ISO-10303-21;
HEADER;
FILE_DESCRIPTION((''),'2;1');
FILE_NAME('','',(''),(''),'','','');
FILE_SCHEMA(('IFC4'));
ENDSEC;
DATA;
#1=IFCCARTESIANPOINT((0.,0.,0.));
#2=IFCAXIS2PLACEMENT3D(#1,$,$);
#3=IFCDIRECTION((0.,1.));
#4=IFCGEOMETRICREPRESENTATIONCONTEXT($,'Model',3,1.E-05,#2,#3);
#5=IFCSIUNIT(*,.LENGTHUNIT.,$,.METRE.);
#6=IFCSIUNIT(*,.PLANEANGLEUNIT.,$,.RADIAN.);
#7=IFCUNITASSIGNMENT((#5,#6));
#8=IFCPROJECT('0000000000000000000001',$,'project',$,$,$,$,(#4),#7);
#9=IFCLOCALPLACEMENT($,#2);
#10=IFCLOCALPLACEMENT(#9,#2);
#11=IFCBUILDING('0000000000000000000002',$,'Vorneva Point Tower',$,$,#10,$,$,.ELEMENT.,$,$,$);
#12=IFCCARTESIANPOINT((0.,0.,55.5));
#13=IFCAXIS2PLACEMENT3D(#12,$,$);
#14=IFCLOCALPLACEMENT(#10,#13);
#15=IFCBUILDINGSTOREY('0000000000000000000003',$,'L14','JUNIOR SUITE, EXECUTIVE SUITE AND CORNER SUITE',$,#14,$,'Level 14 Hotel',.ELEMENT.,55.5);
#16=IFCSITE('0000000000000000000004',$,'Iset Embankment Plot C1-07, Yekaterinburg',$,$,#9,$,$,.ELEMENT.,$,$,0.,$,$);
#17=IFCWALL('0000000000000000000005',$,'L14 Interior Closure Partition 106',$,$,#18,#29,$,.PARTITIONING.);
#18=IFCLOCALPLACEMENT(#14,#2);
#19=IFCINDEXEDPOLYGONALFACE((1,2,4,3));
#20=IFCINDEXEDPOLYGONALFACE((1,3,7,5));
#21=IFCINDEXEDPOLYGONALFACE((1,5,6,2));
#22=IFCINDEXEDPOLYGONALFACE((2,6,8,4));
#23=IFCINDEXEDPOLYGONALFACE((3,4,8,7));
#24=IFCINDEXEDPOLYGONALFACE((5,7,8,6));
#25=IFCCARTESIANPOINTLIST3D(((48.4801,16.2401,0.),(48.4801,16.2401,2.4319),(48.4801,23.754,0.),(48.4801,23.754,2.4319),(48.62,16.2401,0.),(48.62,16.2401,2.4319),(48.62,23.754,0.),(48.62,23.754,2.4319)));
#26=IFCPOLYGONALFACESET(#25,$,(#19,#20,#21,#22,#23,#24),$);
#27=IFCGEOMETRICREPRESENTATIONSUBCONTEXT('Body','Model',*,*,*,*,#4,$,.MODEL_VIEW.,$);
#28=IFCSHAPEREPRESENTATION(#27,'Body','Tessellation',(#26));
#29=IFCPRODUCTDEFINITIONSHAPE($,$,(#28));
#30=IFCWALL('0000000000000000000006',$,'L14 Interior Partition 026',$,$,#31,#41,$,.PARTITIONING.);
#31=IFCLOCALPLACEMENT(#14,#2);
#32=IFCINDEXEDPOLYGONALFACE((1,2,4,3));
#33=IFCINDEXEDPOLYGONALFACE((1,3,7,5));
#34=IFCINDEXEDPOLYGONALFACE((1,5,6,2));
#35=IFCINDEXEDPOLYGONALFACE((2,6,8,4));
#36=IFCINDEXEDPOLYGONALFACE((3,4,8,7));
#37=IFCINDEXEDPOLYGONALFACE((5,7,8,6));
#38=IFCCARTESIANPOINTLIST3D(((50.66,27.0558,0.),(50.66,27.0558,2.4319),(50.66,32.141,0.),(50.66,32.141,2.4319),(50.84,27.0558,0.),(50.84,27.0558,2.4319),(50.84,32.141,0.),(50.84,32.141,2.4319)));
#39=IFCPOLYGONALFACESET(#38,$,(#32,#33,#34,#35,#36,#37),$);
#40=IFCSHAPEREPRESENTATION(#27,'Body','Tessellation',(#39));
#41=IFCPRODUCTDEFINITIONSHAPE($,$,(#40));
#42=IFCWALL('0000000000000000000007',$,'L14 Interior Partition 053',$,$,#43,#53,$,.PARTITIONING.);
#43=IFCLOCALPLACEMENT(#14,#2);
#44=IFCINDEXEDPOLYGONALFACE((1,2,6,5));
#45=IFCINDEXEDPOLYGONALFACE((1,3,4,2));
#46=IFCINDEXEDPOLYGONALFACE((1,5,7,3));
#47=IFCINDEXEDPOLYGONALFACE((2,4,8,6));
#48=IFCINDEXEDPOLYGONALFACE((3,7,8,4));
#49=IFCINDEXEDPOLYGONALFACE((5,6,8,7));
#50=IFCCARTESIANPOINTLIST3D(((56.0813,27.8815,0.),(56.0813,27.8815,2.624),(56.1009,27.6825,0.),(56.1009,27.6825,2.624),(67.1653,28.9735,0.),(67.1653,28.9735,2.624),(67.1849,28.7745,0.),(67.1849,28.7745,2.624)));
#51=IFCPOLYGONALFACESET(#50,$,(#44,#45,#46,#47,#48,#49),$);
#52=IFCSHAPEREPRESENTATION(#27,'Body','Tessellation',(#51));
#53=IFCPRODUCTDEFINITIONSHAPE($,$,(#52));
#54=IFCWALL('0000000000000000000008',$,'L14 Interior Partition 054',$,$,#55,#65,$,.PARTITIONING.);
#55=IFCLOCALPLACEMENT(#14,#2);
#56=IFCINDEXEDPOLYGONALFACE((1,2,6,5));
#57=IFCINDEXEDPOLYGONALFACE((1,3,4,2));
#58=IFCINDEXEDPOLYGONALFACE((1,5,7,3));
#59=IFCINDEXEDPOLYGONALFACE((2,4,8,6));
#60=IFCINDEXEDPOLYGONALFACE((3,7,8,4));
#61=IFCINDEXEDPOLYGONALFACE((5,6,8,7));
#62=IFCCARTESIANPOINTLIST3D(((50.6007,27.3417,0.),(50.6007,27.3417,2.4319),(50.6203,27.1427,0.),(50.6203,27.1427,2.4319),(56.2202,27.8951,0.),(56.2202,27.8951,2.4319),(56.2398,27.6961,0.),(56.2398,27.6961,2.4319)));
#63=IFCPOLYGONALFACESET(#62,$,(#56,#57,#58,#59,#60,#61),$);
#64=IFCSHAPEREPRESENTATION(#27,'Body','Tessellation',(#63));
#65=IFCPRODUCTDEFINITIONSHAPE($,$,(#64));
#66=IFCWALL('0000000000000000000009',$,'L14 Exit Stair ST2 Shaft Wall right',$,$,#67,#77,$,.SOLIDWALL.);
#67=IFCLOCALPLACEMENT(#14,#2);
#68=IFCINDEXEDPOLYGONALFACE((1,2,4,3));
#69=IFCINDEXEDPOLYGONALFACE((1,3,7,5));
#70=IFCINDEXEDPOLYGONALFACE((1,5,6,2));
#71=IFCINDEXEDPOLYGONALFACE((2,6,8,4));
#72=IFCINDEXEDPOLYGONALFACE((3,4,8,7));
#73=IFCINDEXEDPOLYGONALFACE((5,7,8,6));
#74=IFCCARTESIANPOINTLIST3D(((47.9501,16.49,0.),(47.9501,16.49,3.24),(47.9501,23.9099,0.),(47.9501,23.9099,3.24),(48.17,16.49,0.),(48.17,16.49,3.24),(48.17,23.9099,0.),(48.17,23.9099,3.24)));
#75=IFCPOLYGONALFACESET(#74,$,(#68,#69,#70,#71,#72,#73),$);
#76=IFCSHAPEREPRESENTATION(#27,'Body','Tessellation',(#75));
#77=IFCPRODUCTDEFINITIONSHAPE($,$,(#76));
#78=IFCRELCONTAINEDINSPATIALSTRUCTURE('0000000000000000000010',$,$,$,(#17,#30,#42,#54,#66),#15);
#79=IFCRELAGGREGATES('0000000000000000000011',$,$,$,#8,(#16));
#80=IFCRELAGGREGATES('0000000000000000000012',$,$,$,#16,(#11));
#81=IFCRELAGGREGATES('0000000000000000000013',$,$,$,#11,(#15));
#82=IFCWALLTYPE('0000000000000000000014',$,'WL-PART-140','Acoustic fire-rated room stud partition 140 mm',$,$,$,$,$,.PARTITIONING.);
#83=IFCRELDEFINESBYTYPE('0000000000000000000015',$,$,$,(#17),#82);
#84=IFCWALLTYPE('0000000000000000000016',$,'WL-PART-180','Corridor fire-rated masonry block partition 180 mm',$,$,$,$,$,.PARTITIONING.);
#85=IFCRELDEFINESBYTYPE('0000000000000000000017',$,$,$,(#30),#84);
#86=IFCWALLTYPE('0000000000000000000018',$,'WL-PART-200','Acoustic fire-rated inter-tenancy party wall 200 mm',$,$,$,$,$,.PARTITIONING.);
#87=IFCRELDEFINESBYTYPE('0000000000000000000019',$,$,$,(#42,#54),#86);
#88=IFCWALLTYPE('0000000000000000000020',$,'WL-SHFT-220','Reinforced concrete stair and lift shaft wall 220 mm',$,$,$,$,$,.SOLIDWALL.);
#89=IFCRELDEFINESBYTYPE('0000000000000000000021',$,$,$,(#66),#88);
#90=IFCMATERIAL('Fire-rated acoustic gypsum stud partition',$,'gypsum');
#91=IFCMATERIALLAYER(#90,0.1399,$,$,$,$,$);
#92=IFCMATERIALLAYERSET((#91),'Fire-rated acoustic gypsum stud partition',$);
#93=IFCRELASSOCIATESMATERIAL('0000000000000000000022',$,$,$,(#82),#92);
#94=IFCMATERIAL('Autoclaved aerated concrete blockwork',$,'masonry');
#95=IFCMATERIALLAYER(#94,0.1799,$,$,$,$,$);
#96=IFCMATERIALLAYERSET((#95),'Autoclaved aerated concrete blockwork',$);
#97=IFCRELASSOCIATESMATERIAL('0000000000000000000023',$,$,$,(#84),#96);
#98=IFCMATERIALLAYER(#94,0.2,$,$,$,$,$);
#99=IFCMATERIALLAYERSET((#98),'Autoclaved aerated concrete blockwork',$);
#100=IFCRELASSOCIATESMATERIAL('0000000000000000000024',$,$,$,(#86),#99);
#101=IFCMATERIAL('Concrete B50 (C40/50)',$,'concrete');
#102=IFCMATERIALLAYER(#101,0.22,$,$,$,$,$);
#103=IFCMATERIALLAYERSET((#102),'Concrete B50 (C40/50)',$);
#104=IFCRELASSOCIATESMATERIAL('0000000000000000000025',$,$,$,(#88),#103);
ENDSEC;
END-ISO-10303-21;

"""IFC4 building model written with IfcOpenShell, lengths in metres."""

from ifc_helpers import new_model, si_unit, direction, frame, frame_2d, origin, place, context, subcontext, project, spatial, rectangle, extrude, material, layer, layer_set, type_object, element, save


model = new_model("IFC4")

# Units and contexts
model_context = context("Model", 3, precision=1e-05, world=origin(), true_north=direction((0.0, 1.0)))
body_context = subcontext(model_context, "Body", "Model", "MODEL_VIEW")
ifc_project = project(units=[si_unit("LENGTHUNIT", "METRE"), si_unit("PLANEANGLEUNIT", "RADIAN")], contexts=[model_context])

# Site, building, storey
site_placement = place(None, origin())
site = spatial("IfcSite", under=ifc_project, at=site_placement, Name="Iset Embankment Plot C1-07, Yekaterinburg", CompositionType="ELEMENT", RefElevation=0.0)
building_placement = place(site_placement, origin())
building = spatial("IfcBuilding", under=site, at=building_placement, Name="Vorneva Point Tower", CompositionType="ELEMENT")
storey_placement = place(building_placement, frame((0.0, 0.0, 55.5)))
storey = spatial("IfcBuildingStorey", under=building, at=storey_placement, Name="L14", Description="JUNIOR SUITE, EXECUTIVE SUITE AND CORNER SUITE", LongName="Level 14 Hotel", CompositionType="ELEMENT", Elevation=55.5)

# Wall
ifc_material_1 = material(Name="Fire-rated acoustic gypsum stud partition", Category="gypsum")
ifc_layer_1 = layer(ifc_material_1, 0.1399)
ifc_layer_set_1 = layer_set([ifc_layer_1], Name="Fire-rated acoustic gypsum stud partition")
wall_type_1 = type_object("IfcWallType", Name="WL-PART-140", Description="Acoustic fire-rated room stud partition 140 mm", PredefinedType="PARTITIONING", material=ifc_layer_set_1)
wall_1_placement = place(storey_placement, frame((48.55, 23.7539, 0.0), z_axis=(0.0, 0.0, 1.0), x_axis=(0.0, -1.0, 0.0)))
element("IfcWall", 1, at=wall_1_placement, inside=storey, type_object=wall_type_1, Name="L14 Interior Closure Partition 106", PredefinedType="PARTITIONING", context=body_context, shape_type="SweptSolid", body=[
    extrude(rectangle(XDim=7.5139, YDim=0.1399, at=frame_2d((3.7568, 0.0))), origin(), (0.0, 0.0, 1.0), 2.4319),
])

# Shared definitions
ifc_material_2 = material(Name="Autoclaved aerated concrete blockwork", Category="masonry")
ifc_layer_2 = layer(ifc_material_2, 0.1799)
ifc_layer_set_2 = layer_set([ifc_layer_2], Name="Autoclaved aerated concrete blockwork")
wall_type_2 = type_object("IfcWallType", Name="WL-PART-180", Description="Corridor fire-rated masonry block partition 180 mm", PredefinedType="PARTITIONING", material=ifc_layer_set_2)

# Walls
wall_2_placement = place(storey_placement, frame((50.75, 27.0559, 0.0), z_axis=(0.0, 0.0, 1.0), x_axis=(0.0, 1.0, 0.0)))
element("IfcWall", 2, at=wall_2_placement, inside=storey, type_object=wall_type_2, Name="L14 Interior Partition 026", PredefinedType="PARTITIONING", context=body_context, shape_type="SweptSolid", body=[
    extrude(rectangle(XDim=5.0852, YDim=0.1799, at=frame_2d((2.5425, 0.0))), origin(), (0.0, 0.0, 1.0), 2.4319),
])
ifc_layer_3 = layer(ifc_material_2, 0.2)
ifc_layer_set_3 = layer_set([ifc_layer_3], Name="Autoclaved aerated concrete blockwork")
wall_type_3 = type_object("IfcWallType", Name="WL-PART-200", Description="Acoustic fire-rated inter-tenancy party wall 200 mm", PredefinedType="PARTITIONING", material=ifc_layer_set_3)
wall_3_placement = place(storey_placement, frame((56.0911, 27.782, 0.0), z_axis=(0.0, 0.0, 1.0), x_axis=(0.995182, 0.098049, 0.0)))
element("IfcWall", 3, at=wall_3_placement, inside=storey, type_object=wall_type_3, Name="L14 Interior Partition 053", PredefinedType="PARTITIONING", context=body_context, shape_type="SweptSolid", body=[
    extrude(rectangle(XDim=11.1377, YDim=0.2, at=frame_2d((5.5688, 0.0))), origin(), (0.0, 0.0, 1.0), 2.624),
])
wall_4_placement = place(storey_placement, frame((50.6106, 27.2422, 0.0), z_axis=(0.0, 0.0, 1.0), x_axis=(0.995185, 0.098014, 0.0)))
element("IfcWall", 4, at=wall_4_placement, inside=storey, type_object=wall_type_3, Name="L14 Interior Partition 054", PredefinedType="PARTITIONING", context=body_context, shape_type="SweptSolid", body=[
    extrude(rectangle(XDim=5.6467, YDim=0.2, at=frame_2d((2.8232, 0.0))), origin(), (0.0, 0.0, 1.0), 2.4319),
])
ifc_material_3 = material(Name="Concrete B50 (C40/50)", Category="concrete")
ifc_layer_4 = layer(ifc_material_3, 0.22)
ifc_layer_set_4 = layer_set([ifc_layer_4], Name="Concrete B50 (C40/50)")
wall_type_4 = type_object("IfcWallType", Name="WL-SHFT-220", Description="Reinforced concrete stair and lift shaft wall 220 mm", PredefinedType="SOLIDWALL", material=ifc_layer_set_4)
wall_5_placement = place(storey_placement, frame((48.0601, 23.9099, 0.0), z_axis=(0.0, 0.0, 1.0), x_axis=(0.0, -1.0, 0.0)))
element("IfcWall", 5, at=wall_5_placement, inside=storey, type_object=wall_type_4, Name="L14 Exit Stair ST2 Shaft Wall right", PredefinedType="SOLIDWALL", context=body_context, shape_type="SweptSolid", body=[
    extrude(rectangle(XDim=7.4199, YDim=0.22, at=frame_2d((3.71, 0.0))), origin(), (0.0, 0.0, 1.0), 3.24),
])

save(model, "model.ifc")
